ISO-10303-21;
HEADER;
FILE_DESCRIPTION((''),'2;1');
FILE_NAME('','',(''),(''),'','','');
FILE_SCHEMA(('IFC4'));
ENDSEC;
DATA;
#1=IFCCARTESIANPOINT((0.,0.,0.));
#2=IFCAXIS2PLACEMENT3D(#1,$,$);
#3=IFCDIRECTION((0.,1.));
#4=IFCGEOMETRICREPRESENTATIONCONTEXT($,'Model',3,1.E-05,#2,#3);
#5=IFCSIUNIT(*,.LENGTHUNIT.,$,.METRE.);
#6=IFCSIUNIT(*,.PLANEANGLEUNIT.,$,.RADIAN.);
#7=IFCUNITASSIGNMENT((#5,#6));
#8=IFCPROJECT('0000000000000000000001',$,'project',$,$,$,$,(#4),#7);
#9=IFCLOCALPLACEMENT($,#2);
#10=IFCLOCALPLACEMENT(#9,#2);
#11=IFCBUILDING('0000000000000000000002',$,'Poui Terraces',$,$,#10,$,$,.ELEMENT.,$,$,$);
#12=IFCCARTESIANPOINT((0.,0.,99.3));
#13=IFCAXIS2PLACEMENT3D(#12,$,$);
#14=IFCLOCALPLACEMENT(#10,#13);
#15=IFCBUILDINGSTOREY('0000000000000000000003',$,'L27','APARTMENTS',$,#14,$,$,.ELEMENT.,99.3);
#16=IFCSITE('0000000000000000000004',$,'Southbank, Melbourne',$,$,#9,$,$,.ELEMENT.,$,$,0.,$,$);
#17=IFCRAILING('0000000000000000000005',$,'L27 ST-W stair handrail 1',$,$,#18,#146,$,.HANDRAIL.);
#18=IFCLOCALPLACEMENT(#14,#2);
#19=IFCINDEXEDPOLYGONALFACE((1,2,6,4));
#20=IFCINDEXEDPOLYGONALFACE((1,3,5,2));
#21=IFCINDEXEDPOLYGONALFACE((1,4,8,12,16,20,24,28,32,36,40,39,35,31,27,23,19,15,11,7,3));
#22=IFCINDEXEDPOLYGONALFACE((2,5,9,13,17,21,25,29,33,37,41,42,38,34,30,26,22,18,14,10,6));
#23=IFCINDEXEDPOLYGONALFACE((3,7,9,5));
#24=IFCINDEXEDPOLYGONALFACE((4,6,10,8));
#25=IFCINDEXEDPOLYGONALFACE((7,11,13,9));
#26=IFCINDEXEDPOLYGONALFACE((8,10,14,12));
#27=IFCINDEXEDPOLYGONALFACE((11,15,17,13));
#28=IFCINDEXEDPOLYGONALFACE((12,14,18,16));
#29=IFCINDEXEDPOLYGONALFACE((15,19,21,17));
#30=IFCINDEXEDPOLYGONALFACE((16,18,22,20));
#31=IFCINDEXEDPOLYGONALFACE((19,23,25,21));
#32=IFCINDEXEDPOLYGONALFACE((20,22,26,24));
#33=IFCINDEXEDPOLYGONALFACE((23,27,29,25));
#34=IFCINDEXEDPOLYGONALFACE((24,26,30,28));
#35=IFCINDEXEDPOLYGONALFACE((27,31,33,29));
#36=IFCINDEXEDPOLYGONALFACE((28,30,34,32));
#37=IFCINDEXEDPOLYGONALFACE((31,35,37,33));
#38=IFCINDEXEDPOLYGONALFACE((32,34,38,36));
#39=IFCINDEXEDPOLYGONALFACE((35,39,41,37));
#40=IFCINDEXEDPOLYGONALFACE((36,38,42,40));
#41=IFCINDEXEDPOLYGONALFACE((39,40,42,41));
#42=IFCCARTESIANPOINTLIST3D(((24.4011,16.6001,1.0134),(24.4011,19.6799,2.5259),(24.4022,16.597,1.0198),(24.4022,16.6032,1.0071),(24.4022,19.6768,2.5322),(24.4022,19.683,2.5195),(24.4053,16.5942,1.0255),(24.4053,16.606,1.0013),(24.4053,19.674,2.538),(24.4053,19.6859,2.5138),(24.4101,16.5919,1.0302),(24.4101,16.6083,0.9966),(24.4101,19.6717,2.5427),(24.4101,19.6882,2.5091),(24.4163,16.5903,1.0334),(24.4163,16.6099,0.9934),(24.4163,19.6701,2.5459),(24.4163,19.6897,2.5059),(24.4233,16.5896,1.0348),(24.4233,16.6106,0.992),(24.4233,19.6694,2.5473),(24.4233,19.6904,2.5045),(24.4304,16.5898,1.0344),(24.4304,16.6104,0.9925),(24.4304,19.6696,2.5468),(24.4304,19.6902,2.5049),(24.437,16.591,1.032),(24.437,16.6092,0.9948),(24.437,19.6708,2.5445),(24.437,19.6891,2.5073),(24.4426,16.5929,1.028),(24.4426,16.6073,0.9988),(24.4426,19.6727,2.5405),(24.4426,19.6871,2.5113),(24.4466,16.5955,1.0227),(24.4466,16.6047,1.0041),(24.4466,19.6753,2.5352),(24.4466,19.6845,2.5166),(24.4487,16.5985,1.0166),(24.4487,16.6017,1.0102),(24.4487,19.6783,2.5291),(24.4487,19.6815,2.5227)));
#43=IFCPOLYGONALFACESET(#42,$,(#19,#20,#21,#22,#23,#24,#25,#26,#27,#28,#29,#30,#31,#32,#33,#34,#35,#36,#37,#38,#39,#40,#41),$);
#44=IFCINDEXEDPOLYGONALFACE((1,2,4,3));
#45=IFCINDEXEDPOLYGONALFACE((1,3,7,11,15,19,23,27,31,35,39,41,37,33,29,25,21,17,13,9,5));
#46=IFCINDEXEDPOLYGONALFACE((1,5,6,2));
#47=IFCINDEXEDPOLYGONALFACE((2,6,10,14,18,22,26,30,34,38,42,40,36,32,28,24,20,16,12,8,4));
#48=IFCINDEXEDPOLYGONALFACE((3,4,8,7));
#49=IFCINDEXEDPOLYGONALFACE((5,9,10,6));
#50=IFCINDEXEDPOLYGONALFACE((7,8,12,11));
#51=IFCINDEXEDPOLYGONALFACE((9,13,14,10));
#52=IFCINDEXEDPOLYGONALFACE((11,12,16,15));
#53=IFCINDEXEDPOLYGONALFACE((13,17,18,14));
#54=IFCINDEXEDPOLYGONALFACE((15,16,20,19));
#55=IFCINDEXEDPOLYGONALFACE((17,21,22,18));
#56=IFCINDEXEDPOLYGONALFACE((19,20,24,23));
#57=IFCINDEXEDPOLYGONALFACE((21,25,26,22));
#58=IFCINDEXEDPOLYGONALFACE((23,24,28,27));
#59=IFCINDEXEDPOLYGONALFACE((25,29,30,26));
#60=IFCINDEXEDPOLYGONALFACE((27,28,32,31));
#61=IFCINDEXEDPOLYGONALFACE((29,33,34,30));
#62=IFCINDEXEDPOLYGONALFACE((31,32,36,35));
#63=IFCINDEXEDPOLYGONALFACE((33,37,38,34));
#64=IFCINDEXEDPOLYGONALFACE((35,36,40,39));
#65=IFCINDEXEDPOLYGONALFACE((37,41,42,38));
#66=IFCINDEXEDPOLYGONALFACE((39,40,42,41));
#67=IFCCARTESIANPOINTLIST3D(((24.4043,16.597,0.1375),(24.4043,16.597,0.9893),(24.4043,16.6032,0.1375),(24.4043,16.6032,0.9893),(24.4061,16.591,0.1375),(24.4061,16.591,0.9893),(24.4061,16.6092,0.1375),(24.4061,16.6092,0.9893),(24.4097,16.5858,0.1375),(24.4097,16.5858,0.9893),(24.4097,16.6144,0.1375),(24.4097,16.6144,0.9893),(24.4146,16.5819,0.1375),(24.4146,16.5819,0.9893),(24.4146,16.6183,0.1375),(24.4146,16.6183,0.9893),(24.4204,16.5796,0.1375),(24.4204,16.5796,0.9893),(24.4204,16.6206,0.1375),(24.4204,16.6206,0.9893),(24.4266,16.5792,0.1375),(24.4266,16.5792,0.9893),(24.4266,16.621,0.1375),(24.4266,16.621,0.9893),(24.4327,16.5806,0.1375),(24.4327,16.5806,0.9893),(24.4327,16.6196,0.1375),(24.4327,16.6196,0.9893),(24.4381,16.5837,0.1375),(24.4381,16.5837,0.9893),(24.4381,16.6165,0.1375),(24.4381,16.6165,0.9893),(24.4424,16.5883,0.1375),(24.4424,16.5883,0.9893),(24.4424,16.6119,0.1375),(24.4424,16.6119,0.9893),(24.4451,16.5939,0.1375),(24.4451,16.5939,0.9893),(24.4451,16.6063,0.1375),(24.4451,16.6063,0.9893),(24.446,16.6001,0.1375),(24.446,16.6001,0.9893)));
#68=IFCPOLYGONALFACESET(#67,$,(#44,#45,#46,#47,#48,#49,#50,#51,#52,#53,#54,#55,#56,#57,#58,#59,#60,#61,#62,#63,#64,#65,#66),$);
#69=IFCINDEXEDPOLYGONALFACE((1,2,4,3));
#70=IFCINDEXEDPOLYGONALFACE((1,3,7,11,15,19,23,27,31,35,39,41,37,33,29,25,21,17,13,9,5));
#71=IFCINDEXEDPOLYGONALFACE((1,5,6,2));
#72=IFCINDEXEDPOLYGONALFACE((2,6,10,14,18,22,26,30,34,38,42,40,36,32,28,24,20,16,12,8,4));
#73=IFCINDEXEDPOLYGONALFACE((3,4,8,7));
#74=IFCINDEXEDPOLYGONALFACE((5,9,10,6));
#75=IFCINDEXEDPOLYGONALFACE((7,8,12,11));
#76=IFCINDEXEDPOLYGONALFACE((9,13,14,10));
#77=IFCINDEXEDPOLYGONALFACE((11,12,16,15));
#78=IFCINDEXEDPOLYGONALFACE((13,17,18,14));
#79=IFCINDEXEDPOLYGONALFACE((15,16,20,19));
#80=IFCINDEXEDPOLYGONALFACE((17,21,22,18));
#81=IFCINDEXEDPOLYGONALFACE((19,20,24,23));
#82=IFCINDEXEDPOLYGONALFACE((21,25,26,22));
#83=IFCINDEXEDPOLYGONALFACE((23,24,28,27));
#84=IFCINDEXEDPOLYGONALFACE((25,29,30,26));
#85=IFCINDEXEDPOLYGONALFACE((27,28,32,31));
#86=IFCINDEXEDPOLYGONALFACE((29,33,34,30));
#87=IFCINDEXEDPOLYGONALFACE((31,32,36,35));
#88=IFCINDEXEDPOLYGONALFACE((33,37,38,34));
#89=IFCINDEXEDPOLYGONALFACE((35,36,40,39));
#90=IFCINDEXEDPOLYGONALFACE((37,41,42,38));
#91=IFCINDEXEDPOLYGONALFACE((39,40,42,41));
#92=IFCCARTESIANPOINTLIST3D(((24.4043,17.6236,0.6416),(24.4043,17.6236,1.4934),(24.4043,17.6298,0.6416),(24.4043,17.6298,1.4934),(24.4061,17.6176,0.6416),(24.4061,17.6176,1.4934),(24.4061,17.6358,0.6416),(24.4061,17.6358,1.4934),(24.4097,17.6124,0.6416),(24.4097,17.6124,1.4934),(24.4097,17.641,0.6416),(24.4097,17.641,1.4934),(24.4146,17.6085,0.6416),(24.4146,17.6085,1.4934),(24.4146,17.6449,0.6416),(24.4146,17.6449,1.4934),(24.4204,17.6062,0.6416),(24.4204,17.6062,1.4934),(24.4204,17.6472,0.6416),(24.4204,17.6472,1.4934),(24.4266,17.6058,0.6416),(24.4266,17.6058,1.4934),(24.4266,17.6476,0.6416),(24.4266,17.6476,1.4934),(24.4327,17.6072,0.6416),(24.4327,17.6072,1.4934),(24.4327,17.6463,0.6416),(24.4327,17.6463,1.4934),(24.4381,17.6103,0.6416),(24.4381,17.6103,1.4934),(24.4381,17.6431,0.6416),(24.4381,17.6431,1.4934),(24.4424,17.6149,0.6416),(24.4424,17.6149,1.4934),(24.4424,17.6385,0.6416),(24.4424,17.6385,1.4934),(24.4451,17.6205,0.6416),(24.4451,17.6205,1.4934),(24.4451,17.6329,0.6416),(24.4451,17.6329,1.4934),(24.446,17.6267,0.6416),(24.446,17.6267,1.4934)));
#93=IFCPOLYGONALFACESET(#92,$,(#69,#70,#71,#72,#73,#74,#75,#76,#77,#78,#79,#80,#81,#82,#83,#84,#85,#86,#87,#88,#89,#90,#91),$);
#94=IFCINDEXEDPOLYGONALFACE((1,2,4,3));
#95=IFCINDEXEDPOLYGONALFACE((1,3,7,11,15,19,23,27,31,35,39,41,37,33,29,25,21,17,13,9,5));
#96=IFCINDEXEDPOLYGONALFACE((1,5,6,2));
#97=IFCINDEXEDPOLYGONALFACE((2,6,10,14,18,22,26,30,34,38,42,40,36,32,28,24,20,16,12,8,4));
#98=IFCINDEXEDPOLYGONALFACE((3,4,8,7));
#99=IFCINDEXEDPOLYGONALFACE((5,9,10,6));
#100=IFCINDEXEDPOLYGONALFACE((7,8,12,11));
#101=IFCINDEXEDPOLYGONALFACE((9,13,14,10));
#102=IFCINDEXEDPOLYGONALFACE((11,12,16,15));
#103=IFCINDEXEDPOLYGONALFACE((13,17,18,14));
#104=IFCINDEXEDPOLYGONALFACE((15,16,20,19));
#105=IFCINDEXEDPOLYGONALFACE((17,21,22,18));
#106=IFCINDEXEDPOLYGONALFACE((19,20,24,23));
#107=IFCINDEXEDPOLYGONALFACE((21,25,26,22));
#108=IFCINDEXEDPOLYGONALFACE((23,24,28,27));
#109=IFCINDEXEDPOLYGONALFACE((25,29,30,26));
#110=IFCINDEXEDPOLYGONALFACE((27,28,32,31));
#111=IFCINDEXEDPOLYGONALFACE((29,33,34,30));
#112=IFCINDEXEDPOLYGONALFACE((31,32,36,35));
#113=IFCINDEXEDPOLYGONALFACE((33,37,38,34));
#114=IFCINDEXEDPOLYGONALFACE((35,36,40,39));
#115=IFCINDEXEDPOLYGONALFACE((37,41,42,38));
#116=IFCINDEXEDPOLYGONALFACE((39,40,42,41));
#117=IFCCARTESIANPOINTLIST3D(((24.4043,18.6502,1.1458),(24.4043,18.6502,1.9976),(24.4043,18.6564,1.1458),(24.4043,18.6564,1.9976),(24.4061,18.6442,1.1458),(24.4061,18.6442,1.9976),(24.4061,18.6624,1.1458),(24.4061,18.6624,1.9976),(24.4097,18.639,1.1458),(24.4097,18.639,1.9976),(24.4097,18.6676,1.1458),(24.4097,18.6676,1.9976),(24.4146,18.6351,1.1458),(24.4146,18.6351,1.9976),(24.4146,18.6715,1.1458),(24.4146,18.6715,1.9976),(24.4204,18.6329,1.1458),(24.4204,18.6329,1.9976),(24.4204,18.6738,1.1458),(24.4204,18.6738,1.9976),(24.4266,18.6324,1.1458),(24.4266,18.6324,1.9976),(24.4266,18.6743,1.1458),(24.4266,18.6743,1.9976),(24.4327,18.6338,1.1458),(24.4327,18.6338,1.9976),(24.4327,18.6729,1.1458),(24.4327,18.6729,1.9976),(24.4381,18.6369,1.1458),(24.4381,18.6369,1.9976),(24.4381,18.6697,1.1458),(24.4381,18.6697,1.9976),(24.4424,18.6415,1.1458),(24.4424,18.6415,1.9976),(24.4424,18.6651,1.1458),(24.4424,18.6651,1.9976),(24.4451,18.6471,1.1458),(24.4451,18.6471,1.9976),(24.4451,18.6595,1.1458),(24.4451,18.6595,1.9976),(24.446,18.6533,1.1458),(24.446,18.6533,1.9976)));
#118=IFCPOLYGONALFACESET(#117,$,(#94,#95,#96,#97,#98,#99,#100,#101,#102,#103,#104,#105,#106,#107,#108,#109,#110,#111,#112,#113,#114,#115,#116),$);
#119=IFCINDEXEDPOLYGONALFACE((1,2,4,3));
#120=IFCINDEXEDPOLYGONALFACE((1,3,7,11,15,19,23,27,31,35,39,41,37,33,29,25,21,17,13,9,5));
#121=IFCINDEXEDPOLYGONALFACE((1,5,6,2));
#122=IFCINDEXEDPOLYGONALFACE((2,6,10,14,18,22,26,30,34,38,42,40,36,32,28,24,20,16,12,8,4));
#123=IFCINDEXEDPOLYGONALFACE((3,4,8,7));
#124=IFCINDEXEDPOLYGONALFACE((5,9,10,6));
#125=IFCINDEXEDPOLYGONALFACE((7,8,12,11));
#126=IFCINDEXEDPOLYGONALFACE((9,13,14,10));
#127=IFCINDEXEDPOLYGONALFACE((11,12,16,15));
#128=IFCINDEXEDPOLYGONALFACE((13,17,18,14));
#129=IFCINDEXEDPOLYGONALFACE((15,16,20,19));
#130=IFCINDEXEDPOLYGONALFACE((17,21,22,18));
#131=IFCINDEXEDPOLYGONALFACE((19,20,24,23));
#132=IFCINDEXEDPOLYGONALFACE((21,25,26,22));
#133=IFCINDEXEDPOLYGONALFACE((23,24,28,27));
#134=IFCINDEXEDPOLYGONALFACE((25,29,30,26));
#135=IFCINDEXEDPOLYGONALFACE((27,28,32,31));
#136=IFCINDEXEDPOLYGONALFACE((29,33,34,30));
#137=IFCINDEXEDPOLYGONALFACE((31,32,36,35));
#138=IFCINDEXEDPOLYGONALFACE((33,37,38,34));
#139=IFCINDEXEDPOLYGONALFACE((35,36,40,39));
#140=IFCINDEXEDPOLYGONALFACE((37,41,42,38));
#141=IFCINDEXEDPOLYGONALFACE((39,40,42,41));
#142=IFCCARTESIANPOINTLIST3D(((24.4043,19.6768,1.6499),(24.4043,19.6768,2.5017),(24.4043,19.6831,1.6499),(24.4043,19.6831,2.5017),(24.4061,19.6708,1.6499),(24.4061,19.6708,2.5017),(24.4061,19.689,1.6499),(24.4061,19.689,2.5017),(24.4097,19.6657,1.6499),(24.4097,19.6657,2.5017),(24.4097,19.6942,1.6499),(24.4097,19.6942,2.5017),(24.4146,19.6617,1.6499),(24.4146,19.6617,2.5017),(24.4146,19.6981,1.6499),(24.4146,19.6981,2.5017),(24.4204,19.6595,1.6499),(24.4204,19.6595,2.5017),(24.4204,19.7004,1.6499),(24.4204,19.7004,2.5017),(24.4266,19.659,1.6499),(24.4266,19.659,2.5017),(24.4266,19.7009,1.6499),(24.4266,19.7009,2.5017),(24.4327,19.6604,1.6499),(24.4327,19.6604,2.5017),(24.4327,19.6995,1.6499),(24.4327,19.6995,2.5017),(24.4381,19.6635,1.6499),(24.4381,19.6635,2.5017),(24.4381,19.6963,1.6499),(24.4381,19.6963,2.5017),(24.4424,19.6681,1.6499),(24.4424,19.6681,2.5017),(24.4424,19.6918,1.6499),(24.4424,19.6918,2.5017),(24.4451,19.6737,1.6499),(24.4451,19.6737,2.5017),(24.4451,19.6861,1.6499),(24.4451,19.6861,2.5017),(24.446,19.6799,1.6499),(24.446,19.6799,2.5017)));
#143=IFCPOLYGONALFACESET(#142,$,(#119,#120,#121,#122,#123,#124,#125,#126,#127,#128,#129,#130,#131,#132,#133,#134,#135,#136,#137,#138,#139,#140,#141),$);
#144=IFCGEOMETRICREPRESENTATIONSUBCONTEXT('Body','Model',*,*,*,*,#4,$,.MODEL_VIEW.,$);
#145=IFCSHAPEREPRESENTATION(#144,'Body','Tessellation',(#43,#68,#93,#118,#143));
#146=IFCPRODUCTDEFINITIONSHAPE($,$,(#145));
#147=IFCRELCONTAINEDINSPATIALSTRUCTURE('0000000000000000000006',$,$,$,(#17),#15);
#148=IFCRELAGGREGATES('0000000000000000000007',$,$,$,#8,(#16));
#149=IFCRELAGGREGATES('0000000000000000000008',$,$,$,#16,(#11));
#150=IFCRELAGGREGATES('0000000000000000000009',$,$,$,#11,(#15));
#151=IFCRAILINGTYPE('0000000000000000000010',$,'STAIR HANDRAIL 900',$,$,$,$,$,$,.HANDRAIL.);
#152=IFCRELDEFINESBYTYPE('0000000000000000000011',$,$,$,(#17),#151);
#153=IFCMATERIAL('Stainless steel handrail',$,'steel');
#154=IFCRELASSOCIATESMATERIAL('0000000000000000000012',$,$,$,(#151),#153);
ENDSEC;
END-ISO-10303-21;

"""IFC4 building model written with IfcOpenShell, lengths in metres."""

from ifc_helpers import new_model, si_unit, direction, frame, origin, origin_2d, place, context, subcontext, project, spatial, circle, extrude, material, type_object, element, save


model = new_model("IFC4")

# Units and contexts
model_context = context("Model", 3, precision=1e-05, world=origin(), true_north=direction((0.0, 1.0)))
body_context = subcontext(model_context, "Body", "Model", "MODEL_VIEW")
ifc_project = project(units=[si_unit("LENGTHUNIT", "METRE"), si_unit("PLANEANGLEUNIT", "RADIAN")], contexts=[model_context])

# Site, building, storey
site_placement = place(None, origin())
site = spatial("IfcSite", under=ifc_project, at=site_placement, Name="Southbank, Melbourne", CompositionType="ELEMENT", RefElevation=0.0)
building_placement = place(site_placement, origin())
building = spatial("IfcBuilding", under=site, at=building_placement, Name="Poui Terraces", CompositionType="ELEMENT")
storey_placement = place(building_placement, frame((0.0, 0.0, 99.3)))
storey = spatial("IfcBuildingStorey", under=building, at=storey_placement, Name="L27", Description="APARTMENTS", CompositionType="ELEMENT", Elevation=99.3)

# Railing
ifc_material_1 = material(Name="Stainless steel handrail", Category="steel")
railing_type_1 = type_object("IfcRailingType", Name="STAIR HANDRAIL 900", PredefinedType="HANDRAIL", material=ifc_material_1)
railing_1_placement = place(storey_placement, frame((24.425, 16.6001, 0.1375)))
element("IfcRailing", 1, at=railing_1_placement, inside=storey, type_object=railing_type_1, Name="L27 ST-W stair handrail 1", PredefinedType="HANDRAIL", context=body_context, shape_type="SweptSolid", body=[
    extrude(circle(Radius=0.0239, at=origin_2d()), frame((0.0, 0.0, 0.876), z_axis=(0.0, 0.897606, 0.440798), x_axis=(-1.0, 0.0, 0.0)), (0.0, 0.0, 1.0), 3.4312),
    extrude(circle(Radius=0.021, at=origin_2d()), origin(), (0.0, 0.0, 1.0), 0.8518),
    extrude(circle(Radius=0.021, at=origin_2d()), frame((0.0, 1.0266, 0.5042)), (0.0, 0.0, 1.0), 0.8518),
    extrude(circle(Radius=0.021, at=origin_2d()), frame((0.0, 2.0532, 1.0083)), (0.0, 0.0, 1.0), 0.8518),
    extrude(circle(Radius=0.021, at=origin_2d()), frame((0.0, 3.0798, 1.5125)), (0.0, 0.0, 1.0), 0.8518),
])

save(model, "model.ifc")
